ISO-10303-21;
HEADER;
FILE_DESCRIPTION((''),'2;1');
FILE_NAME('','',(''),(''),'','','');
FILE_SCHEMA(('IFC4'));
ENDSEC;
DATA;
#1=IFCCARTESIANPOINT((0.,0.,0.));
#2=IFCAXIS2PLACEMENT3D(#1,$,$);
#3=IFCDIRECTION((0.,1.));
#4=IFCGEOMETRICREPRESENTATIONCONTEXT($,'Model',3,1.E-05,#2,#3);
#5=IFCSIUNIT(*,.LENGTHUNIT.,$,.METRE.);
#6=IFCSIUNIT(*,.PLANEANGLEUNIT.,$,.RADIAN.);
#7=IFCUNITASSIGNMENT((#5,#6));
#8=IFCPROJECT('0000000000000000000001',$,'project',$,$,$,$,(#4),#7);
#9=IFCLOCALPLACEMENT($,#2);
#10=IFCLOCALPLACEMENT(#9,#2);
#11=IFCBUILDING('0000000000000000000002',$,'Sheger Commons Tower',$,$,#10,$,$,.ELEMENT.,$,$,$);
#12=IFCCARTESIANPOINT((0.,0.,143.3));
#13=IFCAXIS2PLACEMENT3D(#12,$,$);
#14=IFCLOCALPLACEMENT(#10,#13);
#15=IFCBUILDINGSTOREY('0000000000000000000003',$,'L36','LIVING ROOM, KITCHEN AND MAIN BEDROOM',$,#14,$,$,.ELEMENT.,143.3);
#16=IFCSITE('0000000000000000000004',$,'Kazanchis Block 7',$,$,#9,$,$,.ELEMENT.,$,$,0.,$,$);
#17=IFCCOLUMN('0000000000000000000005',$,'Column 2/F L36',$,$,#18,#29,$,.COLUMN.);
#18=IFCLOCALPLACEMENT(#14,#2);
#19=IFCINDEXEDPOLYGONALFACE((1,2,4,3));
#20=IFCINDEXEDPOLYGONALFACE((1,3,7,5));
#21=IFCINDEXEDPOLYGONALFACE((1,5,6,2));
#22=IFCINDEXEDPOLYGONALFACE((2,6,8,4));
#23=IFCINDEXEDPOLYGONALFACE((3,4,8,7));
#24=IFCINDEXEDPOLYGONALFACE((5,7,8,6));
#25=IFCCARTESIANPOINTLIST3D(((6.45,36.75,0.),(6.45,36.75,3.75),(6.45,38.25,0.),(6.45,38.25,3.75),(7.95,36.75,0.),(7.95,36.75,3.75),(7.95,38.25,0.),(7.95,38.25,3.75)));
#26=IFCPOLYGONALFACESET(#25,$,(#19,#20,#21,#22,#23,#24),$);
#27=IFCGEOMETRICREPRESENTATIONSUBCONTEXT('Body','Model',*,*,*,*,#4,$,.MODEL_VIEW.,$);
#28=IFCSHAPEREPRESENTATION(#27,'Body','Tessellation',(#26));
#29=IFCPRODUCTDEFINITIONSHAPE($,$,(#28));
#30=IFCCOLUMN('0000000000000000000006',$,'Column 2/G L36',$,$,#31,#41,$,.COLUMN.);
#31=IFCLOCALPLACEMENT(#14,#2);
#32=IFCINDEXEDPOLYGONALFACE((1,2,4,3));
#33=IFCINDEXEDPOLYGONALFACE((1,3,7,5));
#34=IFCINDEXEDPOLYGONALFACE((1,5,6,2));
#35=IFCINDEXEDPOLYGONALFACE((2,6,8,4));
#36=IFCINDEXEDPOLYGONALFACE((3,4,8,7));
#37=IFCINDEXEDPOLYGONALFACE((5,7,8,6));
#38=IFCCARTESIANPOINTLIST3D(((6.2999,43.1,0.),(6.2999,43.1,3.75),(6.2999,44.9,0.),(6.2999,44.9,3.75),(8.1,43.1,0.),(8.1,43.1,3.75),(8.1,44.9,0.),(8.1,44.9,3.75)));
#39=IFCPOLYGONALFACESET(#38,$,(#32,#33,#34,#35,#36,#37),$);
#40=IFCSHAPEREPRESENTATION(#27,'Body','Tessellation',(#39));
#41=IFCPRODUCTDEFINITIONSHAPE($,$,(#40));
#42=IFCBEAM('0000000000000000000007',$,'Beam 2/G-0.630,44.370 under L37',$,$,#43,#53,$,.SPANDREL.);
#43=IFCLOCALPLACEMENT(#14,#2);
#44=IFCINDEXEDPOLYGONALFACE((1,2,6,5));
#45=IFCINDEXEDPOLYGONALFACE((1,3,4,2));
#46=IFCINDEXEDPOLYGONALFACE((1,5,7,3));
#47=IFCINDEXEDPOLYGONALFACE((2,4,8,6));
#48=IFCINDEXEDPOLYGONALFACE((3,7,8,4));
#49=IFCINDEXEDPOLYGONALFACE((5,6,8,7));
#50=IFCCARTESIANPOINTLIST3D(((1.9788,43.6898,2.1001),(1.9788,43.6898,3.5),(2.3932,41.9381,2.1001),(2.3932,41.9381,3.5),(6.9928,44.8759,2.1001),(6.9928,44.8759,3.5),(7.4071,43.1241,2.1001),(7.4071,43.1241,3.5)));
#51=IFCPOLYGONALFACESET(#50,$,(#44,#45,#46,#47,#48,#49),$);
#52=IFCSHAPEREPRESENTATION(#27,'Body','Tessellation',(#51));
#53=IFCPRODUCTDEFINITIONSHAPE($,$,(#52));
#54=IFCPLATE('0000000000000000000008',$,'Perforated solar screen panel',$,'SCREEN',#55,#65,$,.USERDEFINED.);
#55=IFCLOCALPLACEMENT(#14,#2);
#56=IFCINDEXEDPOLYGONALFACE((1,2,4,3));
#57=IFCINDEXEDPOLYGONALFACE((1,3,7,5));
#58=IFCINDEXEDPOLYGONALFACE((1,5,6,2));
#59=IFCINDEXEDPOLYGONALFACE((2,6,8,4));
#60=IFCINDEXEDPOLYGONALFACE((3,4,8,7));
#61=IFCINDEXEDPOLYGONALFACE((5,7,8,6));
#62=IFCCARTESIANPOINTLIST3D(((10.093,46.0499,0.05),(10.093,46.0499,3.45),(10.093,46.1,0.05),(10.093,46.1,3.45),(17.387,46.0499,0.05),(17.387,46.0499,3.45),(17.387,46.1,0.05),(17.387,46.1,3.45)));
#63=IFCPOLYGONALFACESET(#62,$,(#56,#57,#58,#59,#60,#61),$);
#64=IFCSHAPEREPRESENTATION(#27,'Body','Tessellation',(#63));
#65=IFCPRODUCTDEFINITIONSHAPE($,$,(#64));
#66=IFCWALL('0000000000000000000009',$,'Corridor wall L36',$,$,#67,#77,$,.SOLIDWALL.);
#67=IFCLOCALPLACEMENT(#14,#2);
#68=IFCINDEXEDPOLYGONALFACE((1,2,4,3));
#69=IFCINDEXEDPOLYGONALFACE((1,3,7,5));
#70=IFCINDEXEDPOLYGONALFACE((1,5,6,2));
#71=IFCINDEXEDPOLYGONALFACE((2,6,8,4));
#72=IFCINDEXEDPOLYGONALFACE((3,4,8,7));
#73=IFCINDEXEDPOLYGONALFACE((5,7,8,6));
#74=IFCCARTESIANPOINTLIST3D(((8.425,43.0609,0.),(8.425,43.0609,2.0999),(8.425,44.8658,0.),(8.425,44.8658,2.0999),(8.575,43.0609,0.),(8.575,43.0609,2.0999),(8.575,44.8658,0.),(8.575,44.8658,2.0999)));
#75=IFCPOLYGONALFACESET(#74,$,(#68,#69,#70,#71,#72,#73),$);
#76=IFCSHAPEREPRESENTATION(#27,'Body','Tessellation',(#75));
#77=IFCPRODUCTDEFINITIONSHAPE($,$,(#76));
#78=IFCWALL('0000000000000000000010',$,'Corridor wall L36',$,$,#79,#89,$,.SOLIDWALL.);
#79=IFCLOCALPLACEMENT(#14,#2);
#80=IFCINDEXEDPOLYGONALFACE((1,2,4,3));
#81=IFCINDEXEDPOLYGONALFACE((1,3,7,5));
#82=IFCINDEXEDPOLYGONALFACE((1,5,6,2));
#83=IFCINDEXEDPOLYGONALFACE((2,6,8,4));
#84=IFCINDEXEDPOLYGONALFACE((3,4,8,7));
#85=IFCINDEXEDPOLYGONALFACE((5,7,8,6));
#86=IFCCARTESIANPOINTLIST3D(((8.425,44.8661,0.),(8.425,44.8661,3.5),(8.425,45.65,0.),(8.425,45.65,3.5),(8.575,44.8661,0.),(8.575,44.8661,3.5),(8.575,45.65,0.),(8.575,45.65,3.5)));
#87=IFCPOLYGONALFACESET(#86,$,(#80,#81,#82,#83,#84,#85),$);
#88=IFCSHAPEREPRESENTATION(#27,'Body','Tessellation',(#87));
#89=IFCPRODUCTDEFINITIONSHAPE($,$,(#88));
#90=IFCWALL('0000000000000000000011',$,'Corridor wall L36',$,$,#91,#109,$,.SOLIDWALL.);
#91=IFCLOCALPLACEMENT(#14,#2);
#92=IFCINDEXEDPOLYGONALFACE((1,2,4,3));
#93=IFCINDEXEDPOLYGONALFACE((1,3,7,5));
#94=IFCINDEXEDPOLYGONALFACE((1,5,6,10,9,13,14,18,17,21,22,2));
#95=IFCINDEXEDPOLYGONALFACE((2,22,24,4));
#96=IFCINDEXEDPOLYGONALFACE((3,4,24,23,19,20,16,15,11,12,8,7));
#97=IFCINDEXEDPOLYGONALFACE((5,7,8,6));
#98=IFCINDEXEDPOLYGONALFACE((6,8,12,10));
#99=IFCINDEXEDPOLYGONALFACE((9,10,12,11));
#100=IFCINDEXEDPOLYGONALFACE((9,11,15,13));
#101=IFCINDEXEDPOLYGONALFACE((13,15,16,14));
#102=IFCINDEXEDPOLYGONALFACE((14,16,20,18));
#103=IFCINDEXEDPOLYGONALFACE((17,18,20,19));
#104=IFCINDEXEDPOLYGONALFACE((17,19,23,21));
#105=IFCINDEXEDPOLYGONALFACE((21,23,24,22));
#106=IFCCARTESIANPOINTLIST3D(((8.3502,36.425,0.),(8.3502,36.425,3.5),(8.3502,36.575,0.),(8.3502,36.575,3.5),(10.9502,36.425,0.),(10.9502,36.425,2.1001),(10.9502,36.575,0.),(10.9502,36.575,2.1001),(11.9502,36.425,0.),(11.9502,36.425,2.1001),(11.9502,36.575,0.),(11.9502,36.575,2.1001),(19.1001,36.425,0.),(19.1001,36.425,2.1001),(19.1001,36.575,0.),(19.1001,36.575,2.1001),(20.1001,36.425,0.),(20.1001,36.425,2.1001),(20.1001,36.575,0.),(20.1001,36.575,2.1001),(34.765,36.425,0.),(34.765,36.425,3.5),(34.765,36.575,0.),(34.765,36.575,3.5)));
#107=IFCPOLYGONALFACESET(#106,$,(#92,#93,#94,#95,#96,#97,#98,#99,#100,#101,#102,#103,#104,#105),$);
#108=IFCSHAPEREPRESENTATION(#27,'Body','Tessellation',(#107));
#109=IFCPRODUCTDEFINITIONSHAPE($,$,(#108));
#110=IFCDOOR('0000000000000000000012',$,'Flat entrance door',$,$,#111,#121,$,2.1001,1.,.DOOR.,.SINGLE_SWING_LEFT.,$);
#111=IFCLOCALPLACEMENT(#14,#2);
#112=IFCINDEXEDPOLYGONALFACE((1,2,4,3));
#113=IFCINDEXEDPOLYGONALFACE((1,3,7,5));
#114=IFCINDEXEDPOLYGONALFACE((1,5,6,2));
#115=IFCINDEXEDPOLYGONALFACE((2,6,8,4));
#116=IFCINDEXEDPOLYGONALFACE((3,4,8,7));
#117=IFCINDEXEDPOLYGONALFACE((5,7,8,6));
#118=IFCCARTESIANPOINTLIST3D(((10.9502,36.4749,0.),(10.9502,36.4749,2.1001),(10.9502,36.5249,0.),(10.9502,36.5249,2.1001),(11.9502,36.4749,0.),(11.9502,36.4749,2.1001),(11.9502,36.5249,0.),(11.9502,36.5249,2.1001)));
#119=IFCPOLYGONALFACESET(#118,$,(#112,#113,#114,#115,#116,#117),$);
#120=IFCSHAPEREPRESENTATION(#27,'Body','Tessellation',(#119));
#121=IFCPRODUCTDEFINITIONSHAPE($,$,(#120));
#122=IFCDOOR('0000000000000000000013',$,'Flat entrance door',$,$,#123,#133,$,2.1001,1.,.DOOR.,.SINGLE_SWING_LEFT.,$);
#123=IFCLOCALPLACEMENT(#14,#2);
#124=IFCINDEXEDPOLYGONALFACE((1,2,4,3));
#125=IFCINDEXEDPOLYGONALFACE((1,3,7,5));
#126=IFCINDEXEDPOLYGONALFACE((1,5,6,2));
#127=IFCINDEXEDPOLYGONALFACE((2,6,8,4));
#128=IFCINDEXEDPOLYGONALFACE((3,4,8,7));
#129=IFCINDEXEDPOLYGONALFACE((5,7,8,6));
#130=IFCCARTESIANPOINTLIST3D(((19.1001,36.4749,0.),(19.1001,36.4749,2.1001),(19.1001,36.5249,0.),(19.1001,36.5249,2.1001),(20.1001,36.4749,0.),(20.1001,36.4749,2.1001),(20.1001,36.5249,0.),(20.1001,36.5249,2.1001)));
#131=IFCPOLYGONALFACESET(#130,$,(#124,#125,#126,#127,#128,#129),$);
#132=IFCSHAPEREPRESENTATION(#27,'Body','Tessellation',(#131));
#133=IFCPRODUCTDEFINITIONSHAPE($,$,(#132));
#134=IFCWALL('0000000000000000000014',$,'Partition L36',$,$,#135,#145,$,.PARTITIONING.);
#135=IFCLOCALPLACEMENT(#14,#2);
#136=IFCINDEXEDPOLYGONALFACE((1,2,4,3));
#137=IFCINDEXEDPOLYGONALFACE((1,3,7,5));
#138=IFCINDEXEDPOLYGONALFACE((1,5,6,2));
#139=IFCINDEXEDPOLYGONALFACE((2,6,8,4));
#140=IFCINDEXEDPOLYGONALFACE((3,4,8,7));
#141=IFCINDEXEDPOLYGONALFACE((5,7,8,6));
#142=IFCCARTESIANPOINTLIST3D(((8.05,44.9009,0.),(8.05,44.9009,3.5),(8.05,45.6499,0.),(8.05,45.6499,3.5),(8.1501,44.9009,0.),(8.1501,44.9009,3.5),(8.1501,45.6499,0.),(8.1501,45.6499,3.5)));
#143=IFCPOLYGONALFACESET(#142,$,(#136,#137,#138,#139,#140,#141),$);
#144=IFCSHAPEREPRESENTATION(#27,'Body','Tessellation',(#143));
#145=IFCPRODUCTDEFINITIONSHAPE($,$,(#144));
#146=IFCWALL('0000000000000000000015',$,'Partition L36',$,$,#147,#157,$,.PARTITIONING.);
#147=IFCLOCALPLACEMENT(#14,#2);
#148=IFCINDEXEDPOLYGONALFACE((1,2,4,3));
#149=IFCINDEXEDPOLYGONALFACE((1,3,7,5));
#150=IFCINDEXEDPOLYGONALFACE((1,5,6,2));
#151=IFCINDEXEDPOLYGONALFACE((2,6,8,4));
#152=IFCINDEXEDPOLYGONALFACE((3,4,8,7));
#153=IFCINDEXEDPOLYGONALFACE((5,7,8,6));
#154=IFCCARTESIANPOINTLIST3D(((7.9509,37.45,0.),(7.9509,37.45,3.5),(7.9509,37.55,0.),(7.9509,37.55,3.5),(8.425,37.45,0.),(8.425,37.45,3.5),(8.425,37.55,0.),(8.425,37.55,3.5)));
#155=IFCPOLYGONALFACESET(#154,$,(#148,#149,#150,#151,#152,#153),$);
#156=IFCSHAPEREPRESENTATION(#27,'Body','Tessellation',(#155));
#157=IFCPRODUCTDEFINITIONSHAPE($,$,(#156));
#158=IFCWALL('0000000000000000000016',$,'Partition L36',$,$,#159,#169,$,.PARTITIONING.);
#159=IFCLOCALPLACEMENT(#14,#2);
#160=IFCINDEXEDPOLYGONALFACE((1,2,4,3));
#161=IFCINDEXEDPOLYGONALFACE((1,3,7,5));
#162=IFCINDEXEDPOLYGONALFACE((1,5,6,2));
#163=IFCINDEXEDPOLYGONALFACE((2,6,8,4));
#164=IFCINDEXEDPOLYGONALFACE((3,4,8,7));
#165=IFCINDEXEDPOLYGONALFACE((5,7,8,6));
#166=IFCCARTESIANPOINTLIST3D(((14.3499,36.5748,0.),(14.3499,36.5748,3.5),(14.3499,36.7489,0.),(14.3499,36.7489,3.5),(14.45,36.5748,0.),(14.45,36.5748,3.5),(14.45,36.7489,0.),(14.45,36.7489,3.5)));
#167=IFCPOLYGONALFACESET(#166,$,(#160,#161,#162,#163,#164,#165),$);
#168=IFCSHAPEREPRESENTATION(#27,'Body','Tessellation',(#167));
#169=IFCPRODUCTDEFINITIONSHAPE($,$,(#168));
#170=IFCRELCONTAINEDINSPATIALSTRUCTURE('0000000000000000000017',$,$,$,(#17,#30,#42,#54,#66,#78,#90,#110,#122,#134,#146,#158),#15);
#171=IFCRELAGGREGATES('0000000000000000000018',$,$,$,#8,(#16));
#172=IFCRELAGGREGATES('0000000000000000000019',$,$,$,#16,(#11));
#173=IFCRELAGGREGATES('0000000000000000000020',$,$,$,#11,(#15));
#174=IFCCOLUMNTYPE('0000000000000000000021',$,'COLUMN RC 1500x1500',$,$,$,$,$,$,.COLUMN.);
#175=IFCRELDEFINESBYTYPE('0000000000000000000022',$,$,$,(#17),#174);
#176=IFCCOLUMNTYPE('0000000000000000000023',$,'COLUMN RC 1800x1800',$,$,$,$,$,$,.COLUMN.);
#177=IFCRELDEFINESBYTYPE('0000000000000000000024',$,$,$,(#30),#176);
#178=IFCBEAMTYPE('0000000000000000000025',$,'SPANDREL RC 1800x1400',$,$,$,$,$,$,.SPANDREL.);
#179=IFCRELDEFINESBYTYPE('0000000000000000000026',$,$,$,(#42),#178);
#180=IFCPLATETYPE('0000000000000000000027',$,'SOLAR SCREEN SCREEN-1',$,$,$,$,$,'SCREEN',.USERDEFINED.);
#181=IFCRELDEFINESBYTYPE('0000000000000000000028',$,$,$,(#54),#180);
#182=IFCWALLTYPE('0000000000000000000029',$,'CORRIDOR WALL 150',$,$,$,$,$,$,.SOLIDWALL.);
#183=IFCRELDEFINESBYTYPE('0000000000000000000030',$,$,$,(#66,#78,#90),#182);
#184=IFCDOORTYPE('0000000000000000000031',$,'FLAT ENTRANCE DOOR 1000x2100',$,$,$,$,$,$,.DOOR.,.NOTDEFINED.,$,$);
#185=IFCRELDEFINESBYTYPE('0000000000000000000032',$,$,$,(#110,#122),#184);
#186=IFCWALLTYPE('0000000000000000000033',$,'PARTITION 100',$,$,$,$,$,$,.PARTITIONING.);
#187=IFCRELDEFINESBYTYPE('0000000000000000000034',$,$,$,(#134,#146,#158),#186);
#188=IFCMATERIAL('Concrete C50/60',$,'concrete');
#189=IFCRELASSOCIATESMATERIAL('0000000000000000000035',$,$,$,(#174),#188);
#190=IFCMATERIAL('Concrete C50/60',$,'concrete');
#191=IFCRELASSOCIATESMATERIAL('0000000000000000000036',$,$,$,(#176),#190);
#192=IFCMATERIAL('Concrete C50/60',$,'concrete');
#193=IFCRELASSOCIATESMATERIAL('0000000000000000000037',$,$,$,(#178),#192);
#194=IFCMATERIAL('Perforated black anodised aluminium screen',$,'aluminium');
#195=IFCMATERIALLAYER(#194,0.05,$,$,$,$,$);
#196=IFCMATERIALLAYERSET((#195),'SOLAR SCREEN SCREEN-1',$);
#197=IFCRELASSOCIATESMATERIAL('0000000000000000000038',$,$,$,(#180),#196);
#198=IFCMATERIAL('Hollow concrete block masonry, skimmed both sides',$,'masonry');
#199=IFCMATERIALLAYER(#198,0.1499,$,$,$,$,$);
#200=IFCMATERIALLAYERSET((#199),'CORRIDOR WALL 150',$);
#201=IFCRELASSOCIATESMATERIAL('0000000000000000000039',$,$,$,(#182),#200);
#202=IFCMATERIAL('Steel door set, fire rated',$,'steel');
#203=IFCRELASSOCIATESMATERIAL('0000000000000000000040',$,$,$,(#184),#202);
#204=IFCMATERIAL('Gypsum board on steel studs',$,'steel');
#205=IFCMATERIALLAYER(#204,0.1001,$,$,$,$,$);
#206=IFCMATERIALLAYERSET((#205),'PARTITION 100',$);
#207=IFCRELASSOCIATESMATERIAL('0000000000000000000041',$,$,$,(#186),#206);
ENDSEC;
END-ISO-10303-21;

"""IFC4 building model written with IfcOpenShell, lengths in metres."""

from ifc_helpers import new_model, si_unit, direction, frame, frame_2d, origin, origin_2d, place, context, subcontext, project, spatial, rectangle, extrude, material, layer, layer_set, material_profile, profile_set, type_object, element, fill, save


model = new_model("IFC4")

# Units and contexts
model_context = context("Model", 3, precision=1e-05, world=origin(), true_north=direction((0.0, 1.0)))
body_context = subcontext(model_context, "Body", "Model", "MODEL_VIEW")
ifc_project = project(units=[si_unit("LENGTHUNIT", "METRE"), si_unit("PLANEANGLEUNIT", "RADIAN")], contexts=[model_context])

# Site, building, storey
site_placement = place(None, origin())
site = spatial("IfcSite", under=ifc_project, at=site_placement, Name="Kazanchis Block 7", CompositionType="ELEMENT", RefElevation=0.0)
building_placement = place(site_placement, origin())
building = spatial("IfcBuilding", under=site, at=building_placement, Name="Sheger Commons Tower", CompositionType="ELEMENT")
storey_placement = place(building_placement, frame((0.0, 0.0, 143.3)))
storey = spatial("IfcBuildingStorey", under=building, at=storey_placement, Name="L36", Description="LIVING ROOM, KITCHEN AND MAIN BEDROOM", CompositionType="ELEMENT", Elevation=143.3)

# Columns
ifc_material_1 = material(Name="Concrete C50/60", Category="concrete")
ifc_material_profile_1 = material_profile(ifc_material_1, rectangle(XDim=1.5, YDim=1.5, at=origin_2d()), Name="RC 1500x1500")
ifc_profile_set_1 = profile_set([ifc_material_profile_1], Name="Concrete C50/60")
column_type_1 = type_object("IfcColumnType", Name="COLUMN RC 1500x1500", PredefinedType="COLUMN", material=ifc_profile_set_1)
column_1_placement = place(storey_placement, frame((7.2, 37.5, 0.0), z_axis=(0.0, 0.0, 1.0), x_axis=(1.0, 0.0, 0.0)))
element("IfcColumn", 1, at=column_1_placement, inside=storey, type_object=column_type_1, Name="Column 2/F L36", PredefinedType="COLUMN", context=body_context, shape_type="SweptSolid", body=[
    extrude(rectangle(XDim=1.5, YDim=1.5, at=origin_2d()), origin(), (0.0, 0.0, 1.0), 3.75),
])
ifc_material_2 = material(Name="Concrete C50/60", Category="concrete")
ifc_material_profile_2 = material_profile(ifc_material_2, rectangle(XDim=1.8, YDim=1.8, at=origin_2d()), Name="RC 1800x1800")
ifc_profile_set_2 = profile_set([ifc_material_profile_2], Name="Concrete C50/60")
column_type_2 = type_object("IfcColumnType", Name="COLUMN RC 1800x1800", PredefinedType="COLUMN", material=ifc_profile_set_2)
column_2_placement = place(storey_placement, frame((7.2, 44.0, 0.0), z_axis=(0.0, 0.0, 1.0), x_axis=(1.0, 0.0, 0.0)))
element("IfcColumn", 2, at=column_2_placement, inside=storey, type_object=column_type_2, Name="Column 2/G L36", PredefinedType="COLUMN", context=body_context, shape_type="SweptSolid", body=[
    extrude(rectangle(XDim=1.8, YDim=1.8, at=origin_2d()), origin(), (0.0, 0.0, 1.0), 3.75),
])

# Beam
ifc_material_3 = material(Name="Concrete C50/60", Category="concrete")
ifc_material_profile_3 = material_profile(ifc_material_3, rectangle(XDim=1.8, YDim=1.3999, at=origin_2d()), Name="RC 1800x1400")
ifc_profile_set_3 = profile_set([ifc_material_profile_3], Name="Concrete C50/60")
beam_type = type_object("IfcBeamType", Name="SPANDREL RC 1800x1400", PredefinedType="SPANDREL", material=ifc_profile_set_3)
beam_placement = place(storey_placement, frame((7.2, 44.0, 2.8), z_axis=(-0.973144, -0.230196, 0.0), x_axis=(0.230196, -0.973144, 0.0)))
element("IfcBeam", 3, at=beam_placement, inside=storey, type_object=beam_type, Name="Beam 2/G-0.630,44.370 under L37", PredefinedType="SPANDREL", context=body_context, shape_type="SweptSolid", body=[
    extrude(rectangle(XDim=1.8, YDim=1.3999, at=origin_2d()), origin(), (0.0, 0.0, 1.0), 5.1523),
])

# Plate
ifc_material_4 = material(Name="Perforated black anodised aluminium screen", Category="aluminium")
ifc_layer_1 = layer(ifc_material_4, 0.05)
ifc_layer_set_1 = layer_set([ifc_layer_1], Name="SOLAR SCREEN SCREEN-1")
plate_type = type_object("IfcPlateType", Name="SOLAR SCREEN SCREEN-1", ElementType="SCREEN", PredefinedType="USERDEFINED", material=ifc_layer_set_1)
plate_placement = place(storey_placement, frame((13.74, 46.075, 0.05), z_axis=(0.0, 0.0, 1.0), x_axis=(-1.0, 0.0, 0.0)))
element("IfcPlate", 4, at=plate_placement, inside=storey, type_object=plate_type, Name="Perforated solar screen panel", ObjectType="SCREEN", PredefinedType="USERDEFINED", context=body_context, shape_type="SweptSolid", body=[
    extrude(rectangle(XDim=7.2939, YDim=0.05, at=origin_2d()), origin(), (0.0, 0.0, 1.0), 3.3999),
])

# Walls
ifc_material_5 = material(Name="Hollow concrete block masonry, skimmed both sides", Category="masonry")
ifc_layer_2 = layer(ifc_material_5, 0.1499)
ifc_layer_set_2 = layer_set([ifc_layer_2], Name="CORRIDOR WALL 150")
wall_type_1 = type_object("IfcWallType", Name="CORRIDOR WALL 150", PredefinedType="SOLIDWALL", material=ifc_layer_set_2)
wall_1_placement = place(storey_placement, frame((8.5, 43.061, 0.0), z_axis=(0.0, 0.0, 1.0), x_axis=(0.0, 1.0, 0.0)))
element("IfcWall", 5, at=wall_1_placement, inside=storey, type_object=wall_type_1, Name="Corridor wall L36", PredefinedType="SOLIDWALL", context=body_context, shape_type="SweptSolid", body=[
    extrude(rectangle(XDim=1.8049, YDim=0.1499, at=frame_2d((0.9023, 0.0))), origin(), (0.0, 0.0, 1.0), 2.0999),
])
wall_2_placement = place(storey_placement, frame((8.5, 44.866, 0.0), z_axis=(0.0, 0.0, 1.0), x_axis=(0.0, 1.0, 0.0)))
element("IfcWall", 6, at=wall_2_placement, inside=storey, type_object=wall_type_1, Name="Corridor wall L36", PredefinedType="SOLIDWALL", context=body_context, shape_type="SweptSolid", body=[
    extrude(rectangle(XDim=0.7839, YDim=0.1499, at=frame_2d((0.3921, 0.0))), origin(), (0.0, 0.0, 1.0), 3.5),
])

# Wall, openings, doors
wall_3_placement = place(storey_placement, frame((8.3501, 36.5, 0.0), z_axis=(0.0, 0.0, 1.0), x_axis=(1.0, 0.0, 0.0)))
wall_3 = element("IfcWall", 7, at=wall_3_placement, inside=storey, type_object=wall_type_1, Name="Corridor wall L36", PredefinedType="SOLIDWALL", context=body_context, shape_type="SweptSolid", body=[
    extrude(rectangle(XDim=26.4148, YDim=0.1499, at=frame_2d((13.2075, 0.0))), origin(), (0.0, 0.0, 1.0), 3.5),
])
opening_1_placement = place(wall_3_placement, frame((2.6001, 0.0, 0.0)))
opening_1 = element("IfcOpeningElement", 8, at=opening_1_placement, cuts=wall_3, PredefinedType="OPENING", context=body_context, shape_type="SweptSolid", body=[
    extrude(rectangle(XDim=1.0, YDim=2.1001, at=frame_2d((0.5, 1.05))), frame((0.0, 0.085, 0.0), z_axis=(0.0, -1.0, 0.0), x_axis=(1.0, 0.0, 0.0)), (0.0, 0.0, 1.0), 0.1699),
])
opening_2_placement = place(wall_3_placement, frame((10.75, 0.0, 0.0)))
opening_2 = element("IfcOpeningElement", 9, at=opening_2_placement, cuts=wall_3, PredefinedType="OPENING", context=body_context, shape_type="SweptSolid", body=[
    extrude(rectangle(XDim=1.0, YDim=2.1001, at=frame_2d((0.5, 1.05))), frame((0.0, 0.085, 0.0), z_axis=(0.0, -1.0, 0.0), x_axis=(1.0, 0.0, 0.0)), (0.0, 0.0, 1.0), 0.1699),
])
ifc_material_6 = material(Name="Steel door set, fire rated", Category="steel")
door_type_1 = type_object("IfcDoorType", Name="FLAT ENTRANCE DOOR 1000x2100", OperationType="NOTDEFINED", PredefinedType="DOOR", material=ifc_material_6)
door_1_placement = place(opening_1_placement, origin())
door_1 = element("IfcDoor", 10, at=door_1_placement, inside=storey, type_object=door_type_1, Name="Flat entrance door", OperationType="SINGLE_SWING_LEFT", OverallHeight=2.1001, OverallWidth=1.0, PredefinedType="DOOR", context=body_context, shape_type="SweptSolid", body=[
    extrude(rectangle(XDim=1.0, YDim=2.1001, at=frame_2d((0.5, 1.05))), frame((0.0, 0.0249, 0.0), z_axis=(0.0, -1.0, 0.0), x_axis=(1.0, 0.0, 0.0)), (0.0, 0.0, 1.0), 0.05),
])
fill(opening_1, door_1)
door_2_placement = place(opening_2_placement, origin())
door_2 = element("IfcDoor", 11, at=door_2_placement, inside=storey, type_object=door_type_1, Name="Flat entrance door", OperationType="SINGLE_SWING_LEFT", OverallHeight=2.1001, OverallWidth=1.0, PredefinedType="DOOR", context=body_context, shape_type="SweptSolid", body=[
    extrude(rectangle(XDim=1.0, YDim=2.1001, at=frame_2d((0.5, 1.05))), frame((0.0, 0.0249, 0.0), z_axis=(0.0, -1.0, 0.0), x_axis=(1.0, 0.0, 0.0)), (0.0, 0.0, 1.0), 0.05),
])
fill(opening_2, door_2)

# Walls
ifc_material_7 = material(Name="Gypsum board on steel studs", Category="steel")
ifc_layer_3 = layer(ifc_material_7, 0.1001)
ifc_layer_set_3 = layer_set([ifc_layer_3], Name="PARTITION 100")
wall_type_2 = type_object("IfcWallType", Name="PARTITION 100", PredefinedType="PARTITIONING", material=ifc_layer_set_3)
wall_4_placement = place(storey_placement, frame((8.1001, 45.6499, 0.0), z_axis=(0.0, 0.0, 1.0), x_axis=(0.0, -1.0, 0.0)))
element("IfcWall", 12, at=wall_4_placement, inside=storey, type_object=wall_type_2, Name="Partition L36", PredefinedType="PARTITIONING", context=body_context, shape_type="SweptSolid", body=[
    extrude(rectangle(XDim=0.749, YDim=0.1001, at=frame_2d((0.3745, 0.0))), origin(), (0.0, 0.0, 1.0), 3.5),
])
wall_5_placement = place(storey_placement, frame((7.9509, 37.5, 0.0), z_axis=(0.0, 0.0, 1.0), x_axis=(1.0, 0.0, 0.0)))
element("IfcWall", 13, at=wall_5_placement, inside=storey, type_object=wall_type_2, Name="Partition L36", PredefinedType="PARTITIONING", context=body_context, shape_type="SweptSolid", body=[
    extrude(rectangle(XDim=0.4741, YDim=0.1001, at=frame_2d((0.2371, 0.0))), origin(), (0.0, 0.0, 1.0), 3.5),
])
wall_6_placement = place(storey_placement, frame((14.3999, 36.575, 0.0), z_axis=(0.0, 0.0, 1.0), x_axis=(0.0, 1.0, 0.0)))
element("IfcWall", 14, at=wall_6_placement, inside=storey, type_object=wall_type_2, Name="Partition L36", PredefinedType="PARTITIONING", context=body_context, shape_type="SweptSolid", body=[
    extrude(rectangle(XDim=0.1741, YDim=0.1001, at=frame_2d((0.0869, 0.0))), origin(), (0.0, 0.0, 1.0), 3.5),
])

save(model, "model.ifc")
